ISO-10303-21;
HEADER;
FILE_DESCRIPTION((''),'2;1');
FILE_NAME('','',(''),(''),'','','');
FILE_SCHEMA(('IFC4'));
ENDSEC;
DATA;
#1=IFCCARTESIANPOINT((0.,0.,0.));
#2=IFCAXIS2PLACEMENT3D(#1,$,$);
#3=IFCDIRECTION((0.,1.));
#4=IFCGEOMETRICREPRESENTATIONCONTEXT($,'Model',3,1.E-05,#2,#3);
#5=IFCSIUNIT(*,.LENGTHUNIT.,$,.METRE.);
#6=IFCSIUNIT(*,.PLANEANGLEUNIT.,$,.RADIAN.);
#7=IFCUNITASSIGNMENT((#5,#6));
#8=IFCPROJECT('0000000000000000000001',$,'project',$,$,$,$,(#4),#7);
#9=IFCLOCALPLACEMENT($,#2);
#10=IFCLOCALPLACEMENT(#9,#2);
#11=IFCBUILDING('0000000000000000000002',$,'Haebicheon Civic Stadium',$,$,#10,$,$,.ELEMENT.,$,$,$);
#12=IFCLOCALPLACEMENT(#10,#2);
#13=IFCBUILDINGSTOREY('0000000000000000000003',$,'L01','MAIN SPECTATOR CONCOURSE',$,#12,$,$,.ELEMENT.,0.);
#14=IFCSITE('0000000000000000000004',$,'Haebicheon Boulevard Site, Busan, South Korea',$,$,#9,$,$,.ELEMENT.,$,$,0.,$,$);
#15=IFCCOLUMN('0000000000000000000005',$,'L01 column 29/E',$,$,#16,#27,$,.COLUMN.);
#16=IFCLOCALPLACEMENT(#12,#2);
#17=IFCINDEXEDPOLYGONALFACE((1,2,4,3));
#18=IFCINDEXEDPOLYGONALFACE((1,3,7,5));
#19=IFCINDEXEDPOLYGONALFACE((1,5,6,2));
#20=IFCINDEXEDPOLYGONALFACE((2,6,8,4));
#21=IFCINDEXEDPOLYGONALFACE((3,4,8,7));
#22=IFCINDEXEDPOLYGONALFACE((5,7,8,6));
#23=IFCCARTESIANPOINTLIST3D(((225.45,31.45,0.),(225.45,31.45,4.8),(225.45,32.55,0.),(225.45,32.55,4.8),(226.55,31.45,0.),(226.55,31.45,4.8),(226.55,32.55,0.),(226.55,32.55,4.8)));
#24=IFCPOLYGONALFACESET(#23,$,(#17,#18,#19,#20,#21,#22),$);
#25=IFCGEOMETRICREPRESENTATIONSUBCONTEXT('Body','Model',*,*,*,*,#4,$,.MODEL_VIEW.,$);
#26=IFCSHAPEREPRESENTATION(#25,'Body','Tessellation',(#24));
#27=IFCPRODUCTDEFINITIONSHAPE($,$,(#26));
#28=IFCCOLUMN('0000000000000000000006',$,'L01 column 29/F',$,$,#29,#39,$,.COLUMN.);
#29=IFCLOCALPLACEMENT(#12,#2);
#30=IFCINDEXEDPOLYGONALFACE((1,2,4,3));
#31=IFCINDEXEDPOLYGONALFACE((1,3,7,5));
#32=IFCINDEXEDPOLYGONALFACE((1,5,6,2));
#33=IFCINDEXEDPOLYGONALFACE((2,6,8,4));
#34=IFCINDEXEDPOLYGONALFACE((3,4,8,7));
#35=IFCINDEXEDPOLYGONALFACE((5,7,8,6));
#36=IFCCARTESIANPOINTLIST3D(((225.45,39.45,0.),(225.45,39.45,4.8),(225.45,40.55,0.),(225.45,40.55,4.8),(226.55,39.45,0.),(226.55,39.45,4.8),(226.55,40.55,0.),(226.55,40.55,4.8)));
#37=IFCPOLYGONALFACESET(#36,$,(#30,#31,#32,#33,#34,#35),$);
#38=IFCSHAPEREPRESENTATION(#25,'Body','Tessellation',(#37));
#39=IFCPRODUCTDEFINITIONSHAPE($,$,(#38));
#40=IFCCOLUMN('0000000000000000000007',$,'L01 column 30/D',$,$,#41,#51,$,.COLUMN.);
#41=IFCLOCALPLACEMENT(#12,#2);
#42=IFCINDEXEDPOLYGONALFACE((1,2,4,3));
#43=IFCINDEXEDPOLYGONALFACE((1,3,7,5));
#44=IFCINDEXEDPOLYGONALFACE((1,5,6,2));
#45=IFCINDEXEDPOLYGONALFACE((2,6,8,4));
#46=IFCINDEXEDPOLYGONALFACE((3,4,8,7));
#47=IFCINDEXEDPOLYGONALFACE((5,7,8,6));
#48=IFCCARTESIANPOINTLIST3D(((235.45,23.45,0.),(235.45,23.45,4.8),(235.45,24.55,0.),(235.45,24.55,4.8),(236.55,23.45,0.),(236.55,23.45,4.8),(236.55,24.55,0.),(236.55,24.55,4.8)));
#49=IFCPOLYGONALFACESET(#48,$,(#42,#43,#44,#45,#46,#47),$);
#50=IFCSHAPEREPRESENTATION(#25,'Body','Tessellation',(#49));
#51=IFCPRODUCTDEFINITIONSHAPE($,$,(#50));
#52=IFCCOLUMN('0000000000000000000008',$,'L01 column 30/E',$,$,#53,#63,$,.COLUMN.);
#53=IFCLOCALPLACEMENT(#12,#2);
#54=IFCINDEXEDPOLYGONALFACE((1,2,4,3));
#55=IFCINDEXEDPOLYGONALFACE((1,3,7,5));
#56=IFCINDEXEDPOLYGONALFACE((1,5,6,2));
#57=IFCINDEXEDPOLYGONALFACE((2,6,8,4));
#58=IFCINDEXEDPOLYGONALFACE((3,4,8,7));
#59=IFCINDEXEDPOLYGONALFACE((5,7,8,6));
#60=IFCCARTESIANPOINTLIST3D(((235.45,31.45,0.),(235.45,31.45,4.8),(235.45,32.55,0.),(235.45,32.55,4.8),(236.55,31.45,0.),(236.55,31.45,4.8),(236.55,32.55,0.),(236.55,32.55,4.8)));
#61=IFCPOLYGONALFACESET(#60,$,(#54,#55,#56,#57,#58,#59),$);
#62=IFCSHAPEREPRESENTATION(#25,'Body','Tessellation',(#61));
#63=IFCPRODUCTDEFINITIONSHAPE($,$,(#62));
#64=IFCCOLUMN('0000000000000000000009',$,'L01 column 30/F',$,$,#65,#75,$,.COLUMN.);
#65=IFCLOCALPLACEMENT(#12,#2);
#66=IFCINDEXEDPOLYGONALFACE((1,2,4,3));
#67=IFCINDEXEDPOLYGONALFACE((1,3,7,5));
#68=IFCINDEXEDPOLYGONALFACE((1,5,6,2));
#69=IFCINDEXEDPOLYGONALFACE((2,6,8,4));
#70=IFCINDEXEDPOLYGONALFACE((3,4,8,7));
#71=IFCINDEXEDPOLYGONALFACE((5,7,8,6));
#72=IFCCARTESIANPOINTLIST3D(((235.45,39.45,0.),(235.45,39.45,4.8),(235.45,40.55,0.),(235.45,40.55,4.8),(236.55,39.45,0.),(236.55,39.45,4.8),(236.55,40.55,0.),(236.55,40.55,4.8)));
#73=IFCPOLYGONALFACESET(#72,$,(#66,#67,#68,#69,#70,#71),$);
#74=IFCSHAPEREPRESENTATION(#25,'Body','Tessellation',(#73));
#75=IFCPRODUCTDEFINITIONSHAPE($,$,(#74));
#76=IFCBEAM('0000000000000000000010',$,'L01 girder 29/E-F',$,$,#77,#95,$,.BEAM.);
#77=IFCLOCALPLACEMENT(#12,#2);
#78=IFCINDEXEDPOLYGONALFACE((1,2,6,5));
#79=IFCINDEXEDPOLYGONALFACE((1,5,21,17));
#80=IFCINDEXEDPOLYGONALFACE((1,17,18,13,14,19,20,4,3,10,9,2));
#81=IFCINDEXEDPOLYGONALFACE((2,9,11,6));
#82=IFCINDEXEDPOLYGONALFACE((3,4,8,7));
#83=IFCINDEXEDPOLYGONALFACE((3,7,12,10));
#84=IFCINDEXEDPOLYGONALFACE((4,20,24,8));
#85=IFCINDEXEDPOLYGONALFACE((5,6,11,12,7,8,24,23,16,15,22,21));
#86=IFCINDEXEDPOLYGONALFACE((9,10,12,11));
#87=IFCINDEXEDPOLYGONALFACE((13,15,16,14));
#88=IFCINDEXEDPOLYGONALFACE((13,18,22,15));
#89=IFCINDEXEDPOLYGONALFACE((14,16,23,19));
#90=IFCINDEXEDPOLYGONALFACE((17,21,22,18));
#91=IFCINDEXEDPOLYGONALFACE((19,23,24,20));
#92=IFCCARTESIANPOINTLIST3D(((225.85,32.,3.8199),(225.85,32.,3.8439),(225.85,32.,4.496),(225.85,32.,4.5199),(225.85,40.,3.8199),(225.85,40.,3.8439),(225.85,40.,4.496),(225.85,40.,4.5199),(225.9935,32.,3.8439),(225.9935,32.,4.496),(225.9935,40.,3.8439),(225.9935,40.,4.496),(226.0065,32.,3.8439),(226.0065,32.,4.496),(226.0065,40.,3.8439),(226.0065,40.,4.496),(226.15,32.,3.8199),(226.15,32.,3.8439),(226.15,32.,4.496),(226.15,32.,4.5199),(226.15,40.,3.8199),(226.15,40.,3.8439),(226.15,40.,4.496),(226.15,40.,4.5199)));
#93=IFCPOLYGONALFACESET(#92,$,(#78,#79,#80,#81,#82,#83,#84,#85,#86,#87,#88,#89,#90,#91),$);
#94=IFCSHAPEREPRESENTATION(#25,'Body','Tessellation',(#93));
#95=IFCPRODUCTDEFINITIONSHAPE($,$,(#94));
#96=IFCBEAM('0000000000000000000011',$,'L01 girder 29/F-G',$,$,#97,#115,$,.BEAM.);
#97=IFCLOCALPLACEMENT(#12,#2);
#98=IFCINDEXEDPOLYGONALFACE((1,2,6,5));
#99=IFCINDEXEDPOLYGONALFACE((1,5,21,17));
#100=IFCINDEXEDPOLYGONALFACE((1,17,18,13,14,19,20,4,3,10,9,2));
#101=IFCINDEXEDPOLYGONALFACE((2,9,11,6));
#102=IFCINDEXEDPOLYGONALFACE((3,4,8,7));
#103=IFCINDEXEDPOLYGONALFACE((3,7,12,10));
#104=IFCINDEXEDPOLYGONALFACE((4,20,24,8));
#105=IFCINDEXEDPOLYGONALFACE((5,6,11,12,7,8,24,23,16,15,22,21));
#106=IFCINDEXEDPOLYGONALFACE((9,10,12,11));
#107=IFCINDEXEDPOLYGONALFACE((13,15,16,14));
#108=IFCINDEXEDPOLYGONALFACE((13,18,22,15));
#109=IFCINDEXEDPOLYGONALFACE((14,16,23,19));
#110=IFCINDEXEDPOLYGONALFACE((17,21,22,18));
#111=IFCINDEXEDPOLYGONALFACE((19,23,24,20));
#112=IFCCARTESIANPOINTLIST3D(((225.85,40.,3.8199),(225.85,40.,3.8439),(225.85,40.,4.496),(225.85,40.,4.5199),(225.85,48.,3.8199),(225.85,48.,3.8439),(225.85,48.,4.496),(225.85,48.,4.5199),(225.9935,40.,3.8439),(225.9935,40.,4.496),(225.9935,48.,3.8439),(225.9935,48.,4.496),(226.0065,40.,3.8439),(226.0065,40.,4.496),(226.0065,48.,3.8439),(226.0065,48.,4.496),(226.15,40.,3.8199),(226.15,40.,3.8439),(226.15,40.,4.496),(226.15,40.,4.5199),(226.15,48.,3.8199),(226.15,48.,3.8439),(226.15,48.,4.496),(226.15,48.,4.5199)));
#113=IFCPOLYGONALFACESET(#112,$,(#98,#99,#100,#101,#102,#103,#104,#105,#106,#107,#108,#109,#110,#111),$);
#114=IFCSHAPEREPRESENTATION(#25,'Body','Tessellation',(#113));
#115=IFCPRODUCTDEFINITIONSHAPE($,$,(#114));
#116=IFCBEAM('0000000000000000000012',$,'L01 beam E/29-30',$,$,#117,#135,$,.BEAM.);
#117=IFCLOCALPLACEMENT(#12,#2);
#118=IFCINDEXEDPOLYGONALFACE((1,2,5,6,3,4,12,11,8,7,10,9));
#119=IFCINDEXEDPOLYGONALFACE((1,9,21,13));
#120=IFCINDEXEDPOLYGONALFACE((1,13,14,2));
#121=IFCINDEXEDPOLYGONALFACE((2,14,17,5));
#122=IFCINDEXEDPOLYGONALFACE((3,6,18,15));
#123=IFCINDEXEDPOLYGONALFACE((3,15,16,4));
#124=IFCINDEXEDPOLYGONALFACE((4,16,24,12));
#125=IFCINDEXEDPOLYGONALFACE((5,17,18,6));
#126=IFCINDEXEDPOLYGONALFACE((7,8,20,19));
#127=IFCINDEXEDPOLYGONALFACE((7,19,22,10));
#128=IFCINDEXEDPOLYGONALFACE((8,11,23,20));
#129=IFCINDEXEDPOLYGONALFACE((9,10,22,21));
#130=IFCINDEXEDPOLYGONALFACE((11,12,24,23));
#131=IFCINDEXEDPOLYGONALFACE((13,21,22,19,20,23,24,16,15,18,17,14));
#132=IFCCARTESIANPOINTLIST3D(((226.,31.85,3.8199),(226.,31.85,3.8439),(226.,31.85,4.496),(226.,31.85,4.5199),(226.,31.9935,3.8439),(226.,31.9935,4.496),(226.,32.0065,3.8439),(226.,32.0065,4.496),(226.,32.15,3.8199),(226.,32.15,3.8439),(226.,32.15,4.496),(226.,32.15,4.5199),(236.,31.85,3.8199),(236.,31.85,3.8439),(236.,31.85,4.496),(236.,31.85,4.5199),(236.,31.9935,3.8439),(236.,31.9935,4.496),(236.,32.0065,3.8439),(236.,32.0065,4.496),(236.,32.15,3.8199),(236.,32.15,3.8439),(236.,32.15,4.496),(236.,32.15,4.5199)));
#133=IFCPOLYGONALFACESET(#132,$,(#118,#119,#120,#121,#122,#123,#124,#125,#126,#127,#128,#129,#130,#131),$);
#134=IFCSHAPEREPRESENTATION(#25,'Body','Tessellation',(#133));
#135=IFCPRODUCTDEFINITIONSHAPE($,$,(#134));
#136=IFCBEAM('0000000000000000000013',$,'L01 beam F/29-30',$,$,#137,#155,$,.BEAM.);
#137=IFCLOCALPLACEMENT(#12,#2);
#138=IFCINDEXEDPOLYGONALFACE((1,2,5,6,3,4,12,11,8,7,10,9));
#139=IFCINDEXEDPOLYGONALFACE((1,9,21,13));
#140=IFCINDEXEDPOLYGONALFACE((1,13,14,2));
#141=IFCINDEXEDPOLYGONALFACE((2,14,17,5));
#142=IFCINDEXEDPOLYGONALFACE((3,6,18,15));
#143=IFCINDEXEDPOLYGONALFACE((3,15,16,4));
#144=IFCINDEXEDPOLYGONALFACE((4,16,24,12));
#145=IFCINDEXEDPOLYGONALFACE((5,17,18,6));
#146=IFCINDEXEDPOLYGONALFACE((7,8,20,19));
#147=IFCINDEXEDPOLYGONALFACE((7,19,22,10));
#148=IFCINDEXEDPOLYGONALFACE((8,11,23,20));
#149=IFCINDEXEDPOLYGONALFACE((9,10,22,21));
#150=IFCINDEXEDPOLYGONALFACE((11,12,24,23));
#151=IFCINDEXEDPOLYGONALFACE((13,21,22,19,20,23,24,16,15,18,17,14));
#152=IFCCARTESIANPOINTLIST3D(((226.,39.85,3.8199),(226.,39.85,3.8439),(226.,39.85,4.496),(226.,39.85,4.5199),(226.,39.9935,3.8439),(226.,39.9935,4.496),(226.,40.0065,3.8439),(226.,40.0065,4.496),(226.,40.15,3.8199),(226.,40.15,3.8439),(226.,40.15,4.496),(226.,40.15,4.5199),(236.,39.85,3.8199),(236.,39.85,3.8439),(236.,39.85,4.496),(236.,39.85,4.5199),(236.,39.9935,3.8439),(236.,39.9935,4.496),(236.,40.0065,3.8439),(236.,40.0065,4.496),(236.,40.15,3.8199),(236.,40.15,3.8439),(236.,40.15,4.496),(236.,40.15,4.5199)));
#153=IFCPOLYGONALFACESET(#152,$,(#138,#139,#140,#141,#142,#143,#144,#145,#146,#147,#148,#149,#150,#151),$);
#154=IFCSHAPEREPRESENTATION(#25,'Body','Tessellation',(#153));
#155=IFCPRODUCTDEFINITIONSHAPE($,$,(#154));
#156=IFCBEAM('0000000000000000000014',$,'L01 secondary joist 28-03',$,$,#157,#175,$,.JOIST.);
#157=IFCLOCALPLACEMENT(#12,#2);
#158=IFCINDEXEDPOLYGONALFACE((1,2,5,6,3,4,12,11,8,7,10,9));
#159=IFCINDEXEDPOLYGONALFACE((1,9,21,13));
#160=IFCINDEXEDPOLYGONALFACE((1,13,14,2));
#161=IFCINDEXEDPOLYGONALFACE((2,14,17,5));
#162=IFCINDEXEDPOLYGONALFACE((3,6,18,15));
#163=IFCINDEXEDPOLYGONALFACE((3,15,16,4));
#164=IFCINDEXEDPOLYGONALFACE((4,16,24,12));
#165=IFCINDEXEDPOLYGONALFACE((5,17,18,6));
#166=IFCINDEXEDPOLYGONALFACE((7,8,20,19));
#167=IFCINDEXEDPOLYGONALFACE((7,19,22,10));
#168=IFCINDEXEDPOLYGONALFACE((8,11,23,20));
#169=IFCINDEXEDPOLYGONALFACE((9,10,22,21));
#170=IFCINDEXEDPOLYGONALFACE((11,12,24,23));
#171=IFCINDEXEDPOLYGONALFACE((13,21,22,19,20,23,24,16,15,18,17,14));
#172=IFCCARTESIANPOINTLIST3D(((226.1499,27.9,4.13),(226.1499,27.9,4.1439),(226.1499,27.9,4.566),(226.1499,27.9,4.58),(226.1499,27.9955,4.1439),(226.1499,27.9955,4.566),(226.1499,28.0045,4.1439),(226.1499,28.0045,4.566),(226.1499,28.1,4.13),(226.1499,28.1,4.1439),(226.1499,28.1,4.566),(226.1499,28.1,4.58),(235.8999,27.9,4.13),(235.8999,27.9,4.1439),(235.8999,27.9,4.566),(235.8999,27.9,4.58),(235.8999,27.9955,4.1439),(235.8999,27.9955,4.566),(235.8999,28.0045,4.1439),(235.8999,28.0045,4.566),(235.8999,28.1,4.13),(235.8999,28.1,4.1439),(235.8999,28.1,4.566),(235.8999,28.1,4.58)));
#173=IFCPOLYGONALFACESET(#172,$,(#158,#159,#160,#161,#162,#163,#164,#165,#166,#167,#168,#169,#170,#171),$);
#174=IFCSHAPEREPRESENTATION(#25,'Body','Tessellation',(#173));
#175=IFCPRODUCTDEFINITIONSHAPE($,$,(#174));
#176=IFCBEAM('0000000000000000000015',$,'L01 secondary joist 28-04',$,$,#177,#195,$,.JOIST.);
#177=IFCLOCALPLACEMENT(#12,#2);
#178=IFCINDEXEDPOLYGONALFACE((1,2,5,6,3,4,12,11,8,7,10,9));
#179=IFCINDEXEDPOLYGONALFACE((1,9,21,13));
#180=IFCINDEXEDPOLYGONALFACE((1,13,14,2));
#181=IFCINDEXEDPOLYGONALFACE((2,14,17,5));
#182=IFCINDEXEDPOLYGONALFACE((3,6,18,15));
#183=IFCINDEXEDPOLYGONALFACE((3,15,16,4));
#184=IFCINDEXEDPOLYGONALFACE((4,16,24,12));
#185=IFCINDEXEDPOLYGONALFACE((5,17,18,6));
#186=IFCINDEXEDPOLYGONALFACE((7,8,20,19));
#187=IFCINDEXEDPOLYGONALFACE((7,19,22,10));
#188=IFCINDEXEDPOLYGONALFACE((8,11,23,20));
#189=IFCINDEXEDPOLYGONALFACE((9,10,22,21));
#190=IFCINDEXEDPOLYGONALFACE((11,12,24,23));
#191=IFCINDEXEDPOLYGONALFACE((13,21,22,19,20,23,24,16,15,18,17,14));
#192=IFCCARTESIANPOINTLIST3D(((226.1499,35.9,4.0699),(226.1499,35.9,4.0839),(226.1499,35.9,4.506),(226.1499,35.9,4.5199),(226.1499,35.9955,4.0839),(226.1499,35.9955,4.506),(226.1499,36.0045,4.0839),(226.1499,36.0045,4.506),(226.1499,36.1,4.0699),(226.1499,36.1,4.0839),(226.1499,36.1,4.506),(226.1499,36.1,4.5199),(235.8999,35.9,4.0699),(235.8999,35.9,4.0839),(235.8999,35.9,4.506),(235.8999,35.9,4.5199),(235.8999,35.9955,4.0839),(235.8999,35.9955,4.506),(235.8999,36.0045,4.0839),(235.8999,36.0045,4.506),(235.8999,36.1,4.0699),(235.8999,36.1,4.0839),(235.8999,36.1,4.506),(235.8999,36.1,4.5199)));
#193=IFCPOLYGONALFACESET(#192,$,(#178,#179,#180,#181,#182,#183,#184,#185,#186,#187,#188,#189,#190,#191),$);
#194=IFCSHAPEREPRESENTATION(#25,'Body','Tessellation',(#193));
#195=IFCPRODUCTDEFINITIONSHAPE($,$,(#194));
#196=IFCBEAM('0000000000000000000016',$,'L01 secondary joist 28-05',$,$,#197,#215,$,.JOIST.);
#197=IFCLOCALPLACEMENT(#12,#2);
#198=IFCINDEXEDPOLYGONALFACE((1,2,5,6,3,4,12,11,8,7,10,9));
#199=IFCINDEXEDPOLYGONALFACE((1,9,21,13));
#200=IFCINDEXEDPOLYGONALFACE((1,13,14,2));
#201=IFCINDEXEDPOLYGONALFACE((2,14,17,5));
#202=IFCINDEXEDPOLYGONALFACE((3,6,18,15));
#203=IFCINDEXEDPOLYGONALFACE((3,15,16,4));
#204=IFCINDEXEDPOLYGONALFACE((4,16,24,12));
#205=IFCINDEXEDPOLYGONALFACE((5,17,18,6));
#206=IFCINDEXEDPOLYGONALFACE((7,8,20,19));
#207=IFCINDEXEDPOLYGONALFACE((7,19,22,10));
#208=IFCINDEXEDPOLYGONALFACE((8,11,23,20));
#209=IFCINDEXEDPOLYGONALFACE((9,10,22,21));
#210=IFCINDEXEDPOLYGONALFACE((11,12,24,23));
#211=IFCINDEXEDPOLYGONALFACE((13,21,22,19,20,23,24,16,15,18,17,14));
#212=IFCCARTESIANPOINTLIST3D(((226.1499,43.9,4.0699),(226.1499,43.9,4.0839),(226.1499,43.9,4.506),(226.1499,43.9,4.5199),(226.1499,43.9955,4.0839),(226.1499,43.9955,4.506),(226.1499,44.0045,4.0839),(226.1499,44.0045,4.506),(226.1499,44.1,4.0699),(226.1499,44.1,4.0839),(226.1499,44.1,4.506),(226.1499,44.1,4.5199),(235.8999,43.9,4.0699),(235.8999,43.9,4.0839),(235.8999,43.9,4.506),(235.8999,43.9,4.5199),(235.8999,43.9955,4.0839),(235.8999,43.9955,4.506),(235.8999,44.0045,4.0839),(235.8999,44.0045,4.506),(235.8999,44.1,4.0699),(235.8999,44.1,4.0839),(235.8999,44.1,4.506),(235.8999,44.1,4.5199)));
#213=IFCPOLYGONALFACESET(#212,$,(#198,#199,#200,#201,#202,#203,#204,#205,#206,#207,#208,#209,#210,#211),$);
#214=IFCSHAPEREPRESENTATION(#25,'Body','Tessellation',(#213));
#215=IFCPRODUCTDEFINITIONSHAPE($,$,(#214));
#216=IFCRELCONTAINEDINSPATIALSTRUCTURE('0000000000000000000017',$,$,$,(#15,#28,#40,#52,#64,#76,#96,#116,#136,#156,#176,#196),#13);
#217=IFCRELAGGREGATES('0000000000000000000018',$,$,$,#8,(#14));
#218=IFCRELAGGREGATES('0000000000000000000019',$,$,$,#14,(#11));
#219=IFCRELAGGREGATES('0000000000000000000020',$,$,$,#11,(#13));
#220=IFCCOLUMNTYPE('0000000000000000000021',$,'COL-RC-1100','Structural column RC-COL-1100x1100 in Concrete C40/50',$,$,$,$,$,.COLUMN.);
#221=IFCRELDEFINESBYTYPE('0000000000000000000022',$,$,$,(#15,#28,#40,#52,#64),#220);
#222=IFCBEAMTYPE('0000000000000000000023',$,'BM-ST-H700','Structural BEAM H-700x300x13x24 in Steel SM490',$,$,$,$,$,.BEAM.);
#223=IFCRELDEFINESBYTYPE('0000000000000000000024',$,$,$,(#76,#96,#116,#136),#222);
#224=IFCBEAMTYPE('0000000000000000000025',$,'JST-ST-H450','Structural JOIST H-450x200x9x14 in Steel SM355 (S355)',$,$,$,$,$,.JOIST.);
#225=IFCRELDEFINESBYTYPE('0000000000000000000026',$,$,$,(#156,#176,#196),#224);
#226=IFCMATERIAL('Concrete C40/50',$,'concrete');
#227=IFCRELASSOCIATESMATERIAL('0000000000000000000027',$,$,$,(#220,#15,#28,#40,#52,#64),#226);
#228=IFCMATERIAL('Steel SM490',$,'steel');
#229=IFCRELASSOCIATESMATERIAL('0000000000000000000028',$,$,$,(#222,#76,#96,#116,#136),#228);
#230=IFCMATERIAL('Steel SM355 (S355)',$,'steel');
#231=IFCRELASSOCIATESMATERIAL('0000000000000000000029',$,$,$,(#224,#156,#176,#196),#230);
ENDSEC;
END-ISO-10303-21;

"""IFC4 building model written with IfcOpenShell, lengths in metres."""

from ifc_helpers import new_model, si_unit, direction, frame, origin, origin_2d, place, context, subcontext, project, spatial, rectangle, i_section, extrude, material, material_profile, profile_set, type_object, element, save


model = new_model("IFC4")

# Units and contexts
model_context = context("Model", 3, precision=1e-05, world=origin(), true_north=direction((0.0, 1.0)))
body_context = subcontext(model_context, "Body", "Model", "MODEL_VIEW")
ifc_project = project(units=[si_unit("LENGTHUNIT", "METRE"), si_unit("PLANEANGLEUNIT", "RADIAN")], contexts=[model_context])

# Site, building, storey
site_placement = place(None, origin())
site = spatial("IfcSite", under=ifc_project, at=site_placement, Name="Haebicheon Boulevard Site, Busan, South Korea", CompositionType="ELEMENT", RefElevation=0.0)
building_placement = place(site_placement, origin())
building = spatial("IfcBuilding", under=site, at=building_placement, Name="Haebicheon Civic Stadium", CompositionType="ELEMENT")
storey_placement = place(building_placement, origin())
storey = spatial("IfcBuildingStorey", under=building, at=storey_placement, Name="L01", Description="MAIN SPECTATOR CONCOURSE", CompositionType="ELEMENT", Elevation=0.0)

# Columns
ifc_material_1 = material(Name="Concrete C40/50", Category="concrete")
ifc_material_profile_1 = material_profile(ifc_material_1, rectangle(XDim=1.1001, YDim=1.1001, at=origin_2d()), Name="RC-COL-1100x1100")
ifc_profile_set_1 = profile_set([ifc_material_profile_1], Name="Concrete C40/50")
column_type = type_object("IfcColumnType", Name="COL-RC-1100", Description="Structural column RC-COL-1100x1100 in Concrete C40/50", PredefinedType="COLUMN", material=ifc_profile_set_1)
for number, where, z_axis, x_axis, name in (
    (1, (226.0, 32.0, 0.0), (0.0, 0.0, 1.0), (1.0, 0.0, 0.0), "L01 column 29/E"),
    (2, (226.0, 40.0, 0.0), (0.0, 0.0, 1.0), (1.0, 0.0, 0.0), "L01 column 29/F"),
    (3, (236.0, 24.0, 0.0), (0.0, 0.0, 1.0), (1.0, 0.0, 0.0), "L01 column 30/D"),
    (4, (236.0, 32.0, 0.0), (0.0, 0.0, 1.0), (1.0, 0.0, 0.0), "L01 column 30/E"),
    (5, (236.0, 40.0, 0.0), (0.0, 0.0, 1.0), (1.0, 0.0, 0.0), "L01 column 30/F"),
):
    element("IfcColumn", number, at=place(storey_placement, frame(where, z_axis=z_axis, x_axis=x_axis)), inside=storey, type_object=column_type, material=ifc_profile_set_1, Name=name, PredefinedType="COLUMN", context=body_context, shape_type="SweptSolid", body=[
        extrude(rectangle(XDim=1.1001, YDim=1.1001, at=origin_2d()), origin(), (0.0, 0.0, 1.0), 4.8),
    ])

# Beams
ifc_material_2 = material(Name="Steel SM490", Category="steel")
ifc_material_profile_2 = material_profile(ifc_material_2, i_section(OverallWidth=0.3, OverallDepth=0.7, WebThickness=0.0129, FlangeThickness=0.0239, at=origin_2d()), Name="H-700x300x13x24")
ifc_profile_set_2 = profile_set([ifc_material_profile_2], Name="Steel SM490")
beam_type_1 = type_object("IfcBeamType", Name="BM-ST-H700", Description="Structural BEAM H-700x300x13x24 in Steel SM490", PredefinedType="BEAM", material=ifc_profile_set_2)
for number, where, z_axis, x_axis, name in (
    (6, (226.0, 32.0, 4.1699), (0.0, 1.0, 0.0), (-1.0, 0.0, 0.0), "L01 girder 29/E-F"),
    (7, (226.0, 40.0, 4.1699), (0.0, 1.0, 0.0), (-1.0, 0.0, 0.0), "L01 girder 29/F-G"),
):
    element("IfcBeam", number, at=place(storey_placement, frame(where, z_axis=z_axis, x_axis=x_axis)), inside=storey, type_object=beam_type_1, material=ifc_profile_set_2, Name=name, PredefinedType="BEAM", context=body_context, shape_type="SweptSolid", body=[
        extrude(i_section(OverallWidth=0.3, OverallDepth=0.7, WebThickness=0.0129, FlangeThickness=0.0239, at=origin_2d()), origin(), (0.0, 0.0, 1.0), 8.0),
    ])
for number, where, z_axis, x_axis, name in (
    (8, (226.0, 32.0, 4.1699), (1.0, 0.0, 0.0), (0.0, 1.0, 0.0), "L01 beam E/29-30"),
    (9, (226.0, 40.0, 4.1699), (1.0, 0.0, 0.0), (0.0, 1.0, 0.0), "L01 beam F/29-30"),
):
    element("IfcBeam", number, at=place(storey_placement, frame(where, z_axis=z_axis, x_axis=x_axis)), inside=storey, type_object=beam_type_1, material=ifc_profile_set_2, Name=name, PredefinedType="BEAM", context=body_context, shape_type="SweptSolid", body=[
        extrude(i_section(OverallWidth=0.3, OverallDepth=0.7, WebThickness=0.0129, FlangeThickness=0.0239, at=origin_2d()), origin(), (0.0, 0.0, 1.0), 10.0),
    ])
ifc_material_3 = material(Name="Steel SM355 (S355)", Category="steel")
ifc_material_profile_3 = material_profile(ifc_material_3, i_section(OverallWidth=0.2, OverallDepth=0.45, WebThickness=0.009, FlangeThickness=0.0139, at=origin_2d()), Name="H-450x200x9x14")
ifc_profile_set_3 = profile_set([ifc_material_profile_3], Name="Steel SM355 (S355)")
beam_type_2 = type_object("IfcBeamType", Name="JST-ST-H450", Description="Structural JOIST H-450x200x9x14 in Steel SM355 (S355)", PredefinedType="JOIST", material=ifc_profile_set_3)
for number, where, z_axis, x_axis, name in (
    (10, (226.1499, 28.0, 4.355), (1.0, 0.0, 0.0), (0.0, 1.0, 0.0), "L01 secondary joist 28-03"),
    (11, (226.1499, 36.0, 4.2949), (1.0, 0.0, 0.0), (0.0, 1.0, 0.0), "L01 secondary joist 28-04"),
    (12, (226.1499, 44.0, 4.2949), (1.0, 0.0, 0.0), (0.0, 1.0, 0.0), "L01 secondary joist 28-05"),
):
    element("IfcBeam", number, at=place(storey_placement, frame(where, z_axis=z_axis, x_axis=x_axis)), inside=storey, type_object=beam_type_2, material=ifc_profile_set_3, Name=name, PredefinedType="JOIST", context=body_context, shape_type="SweptSolid", body=[
        extrude(i_section(OverallWidth=0.2, OverallDepth=0.45, WebThickness=0.009, FlangeThickness=0.0139, at=origin_2d()), origin(), (0.0, 0.0, 1.0), 9.75),
    ])

save(model, "model.ifc")
